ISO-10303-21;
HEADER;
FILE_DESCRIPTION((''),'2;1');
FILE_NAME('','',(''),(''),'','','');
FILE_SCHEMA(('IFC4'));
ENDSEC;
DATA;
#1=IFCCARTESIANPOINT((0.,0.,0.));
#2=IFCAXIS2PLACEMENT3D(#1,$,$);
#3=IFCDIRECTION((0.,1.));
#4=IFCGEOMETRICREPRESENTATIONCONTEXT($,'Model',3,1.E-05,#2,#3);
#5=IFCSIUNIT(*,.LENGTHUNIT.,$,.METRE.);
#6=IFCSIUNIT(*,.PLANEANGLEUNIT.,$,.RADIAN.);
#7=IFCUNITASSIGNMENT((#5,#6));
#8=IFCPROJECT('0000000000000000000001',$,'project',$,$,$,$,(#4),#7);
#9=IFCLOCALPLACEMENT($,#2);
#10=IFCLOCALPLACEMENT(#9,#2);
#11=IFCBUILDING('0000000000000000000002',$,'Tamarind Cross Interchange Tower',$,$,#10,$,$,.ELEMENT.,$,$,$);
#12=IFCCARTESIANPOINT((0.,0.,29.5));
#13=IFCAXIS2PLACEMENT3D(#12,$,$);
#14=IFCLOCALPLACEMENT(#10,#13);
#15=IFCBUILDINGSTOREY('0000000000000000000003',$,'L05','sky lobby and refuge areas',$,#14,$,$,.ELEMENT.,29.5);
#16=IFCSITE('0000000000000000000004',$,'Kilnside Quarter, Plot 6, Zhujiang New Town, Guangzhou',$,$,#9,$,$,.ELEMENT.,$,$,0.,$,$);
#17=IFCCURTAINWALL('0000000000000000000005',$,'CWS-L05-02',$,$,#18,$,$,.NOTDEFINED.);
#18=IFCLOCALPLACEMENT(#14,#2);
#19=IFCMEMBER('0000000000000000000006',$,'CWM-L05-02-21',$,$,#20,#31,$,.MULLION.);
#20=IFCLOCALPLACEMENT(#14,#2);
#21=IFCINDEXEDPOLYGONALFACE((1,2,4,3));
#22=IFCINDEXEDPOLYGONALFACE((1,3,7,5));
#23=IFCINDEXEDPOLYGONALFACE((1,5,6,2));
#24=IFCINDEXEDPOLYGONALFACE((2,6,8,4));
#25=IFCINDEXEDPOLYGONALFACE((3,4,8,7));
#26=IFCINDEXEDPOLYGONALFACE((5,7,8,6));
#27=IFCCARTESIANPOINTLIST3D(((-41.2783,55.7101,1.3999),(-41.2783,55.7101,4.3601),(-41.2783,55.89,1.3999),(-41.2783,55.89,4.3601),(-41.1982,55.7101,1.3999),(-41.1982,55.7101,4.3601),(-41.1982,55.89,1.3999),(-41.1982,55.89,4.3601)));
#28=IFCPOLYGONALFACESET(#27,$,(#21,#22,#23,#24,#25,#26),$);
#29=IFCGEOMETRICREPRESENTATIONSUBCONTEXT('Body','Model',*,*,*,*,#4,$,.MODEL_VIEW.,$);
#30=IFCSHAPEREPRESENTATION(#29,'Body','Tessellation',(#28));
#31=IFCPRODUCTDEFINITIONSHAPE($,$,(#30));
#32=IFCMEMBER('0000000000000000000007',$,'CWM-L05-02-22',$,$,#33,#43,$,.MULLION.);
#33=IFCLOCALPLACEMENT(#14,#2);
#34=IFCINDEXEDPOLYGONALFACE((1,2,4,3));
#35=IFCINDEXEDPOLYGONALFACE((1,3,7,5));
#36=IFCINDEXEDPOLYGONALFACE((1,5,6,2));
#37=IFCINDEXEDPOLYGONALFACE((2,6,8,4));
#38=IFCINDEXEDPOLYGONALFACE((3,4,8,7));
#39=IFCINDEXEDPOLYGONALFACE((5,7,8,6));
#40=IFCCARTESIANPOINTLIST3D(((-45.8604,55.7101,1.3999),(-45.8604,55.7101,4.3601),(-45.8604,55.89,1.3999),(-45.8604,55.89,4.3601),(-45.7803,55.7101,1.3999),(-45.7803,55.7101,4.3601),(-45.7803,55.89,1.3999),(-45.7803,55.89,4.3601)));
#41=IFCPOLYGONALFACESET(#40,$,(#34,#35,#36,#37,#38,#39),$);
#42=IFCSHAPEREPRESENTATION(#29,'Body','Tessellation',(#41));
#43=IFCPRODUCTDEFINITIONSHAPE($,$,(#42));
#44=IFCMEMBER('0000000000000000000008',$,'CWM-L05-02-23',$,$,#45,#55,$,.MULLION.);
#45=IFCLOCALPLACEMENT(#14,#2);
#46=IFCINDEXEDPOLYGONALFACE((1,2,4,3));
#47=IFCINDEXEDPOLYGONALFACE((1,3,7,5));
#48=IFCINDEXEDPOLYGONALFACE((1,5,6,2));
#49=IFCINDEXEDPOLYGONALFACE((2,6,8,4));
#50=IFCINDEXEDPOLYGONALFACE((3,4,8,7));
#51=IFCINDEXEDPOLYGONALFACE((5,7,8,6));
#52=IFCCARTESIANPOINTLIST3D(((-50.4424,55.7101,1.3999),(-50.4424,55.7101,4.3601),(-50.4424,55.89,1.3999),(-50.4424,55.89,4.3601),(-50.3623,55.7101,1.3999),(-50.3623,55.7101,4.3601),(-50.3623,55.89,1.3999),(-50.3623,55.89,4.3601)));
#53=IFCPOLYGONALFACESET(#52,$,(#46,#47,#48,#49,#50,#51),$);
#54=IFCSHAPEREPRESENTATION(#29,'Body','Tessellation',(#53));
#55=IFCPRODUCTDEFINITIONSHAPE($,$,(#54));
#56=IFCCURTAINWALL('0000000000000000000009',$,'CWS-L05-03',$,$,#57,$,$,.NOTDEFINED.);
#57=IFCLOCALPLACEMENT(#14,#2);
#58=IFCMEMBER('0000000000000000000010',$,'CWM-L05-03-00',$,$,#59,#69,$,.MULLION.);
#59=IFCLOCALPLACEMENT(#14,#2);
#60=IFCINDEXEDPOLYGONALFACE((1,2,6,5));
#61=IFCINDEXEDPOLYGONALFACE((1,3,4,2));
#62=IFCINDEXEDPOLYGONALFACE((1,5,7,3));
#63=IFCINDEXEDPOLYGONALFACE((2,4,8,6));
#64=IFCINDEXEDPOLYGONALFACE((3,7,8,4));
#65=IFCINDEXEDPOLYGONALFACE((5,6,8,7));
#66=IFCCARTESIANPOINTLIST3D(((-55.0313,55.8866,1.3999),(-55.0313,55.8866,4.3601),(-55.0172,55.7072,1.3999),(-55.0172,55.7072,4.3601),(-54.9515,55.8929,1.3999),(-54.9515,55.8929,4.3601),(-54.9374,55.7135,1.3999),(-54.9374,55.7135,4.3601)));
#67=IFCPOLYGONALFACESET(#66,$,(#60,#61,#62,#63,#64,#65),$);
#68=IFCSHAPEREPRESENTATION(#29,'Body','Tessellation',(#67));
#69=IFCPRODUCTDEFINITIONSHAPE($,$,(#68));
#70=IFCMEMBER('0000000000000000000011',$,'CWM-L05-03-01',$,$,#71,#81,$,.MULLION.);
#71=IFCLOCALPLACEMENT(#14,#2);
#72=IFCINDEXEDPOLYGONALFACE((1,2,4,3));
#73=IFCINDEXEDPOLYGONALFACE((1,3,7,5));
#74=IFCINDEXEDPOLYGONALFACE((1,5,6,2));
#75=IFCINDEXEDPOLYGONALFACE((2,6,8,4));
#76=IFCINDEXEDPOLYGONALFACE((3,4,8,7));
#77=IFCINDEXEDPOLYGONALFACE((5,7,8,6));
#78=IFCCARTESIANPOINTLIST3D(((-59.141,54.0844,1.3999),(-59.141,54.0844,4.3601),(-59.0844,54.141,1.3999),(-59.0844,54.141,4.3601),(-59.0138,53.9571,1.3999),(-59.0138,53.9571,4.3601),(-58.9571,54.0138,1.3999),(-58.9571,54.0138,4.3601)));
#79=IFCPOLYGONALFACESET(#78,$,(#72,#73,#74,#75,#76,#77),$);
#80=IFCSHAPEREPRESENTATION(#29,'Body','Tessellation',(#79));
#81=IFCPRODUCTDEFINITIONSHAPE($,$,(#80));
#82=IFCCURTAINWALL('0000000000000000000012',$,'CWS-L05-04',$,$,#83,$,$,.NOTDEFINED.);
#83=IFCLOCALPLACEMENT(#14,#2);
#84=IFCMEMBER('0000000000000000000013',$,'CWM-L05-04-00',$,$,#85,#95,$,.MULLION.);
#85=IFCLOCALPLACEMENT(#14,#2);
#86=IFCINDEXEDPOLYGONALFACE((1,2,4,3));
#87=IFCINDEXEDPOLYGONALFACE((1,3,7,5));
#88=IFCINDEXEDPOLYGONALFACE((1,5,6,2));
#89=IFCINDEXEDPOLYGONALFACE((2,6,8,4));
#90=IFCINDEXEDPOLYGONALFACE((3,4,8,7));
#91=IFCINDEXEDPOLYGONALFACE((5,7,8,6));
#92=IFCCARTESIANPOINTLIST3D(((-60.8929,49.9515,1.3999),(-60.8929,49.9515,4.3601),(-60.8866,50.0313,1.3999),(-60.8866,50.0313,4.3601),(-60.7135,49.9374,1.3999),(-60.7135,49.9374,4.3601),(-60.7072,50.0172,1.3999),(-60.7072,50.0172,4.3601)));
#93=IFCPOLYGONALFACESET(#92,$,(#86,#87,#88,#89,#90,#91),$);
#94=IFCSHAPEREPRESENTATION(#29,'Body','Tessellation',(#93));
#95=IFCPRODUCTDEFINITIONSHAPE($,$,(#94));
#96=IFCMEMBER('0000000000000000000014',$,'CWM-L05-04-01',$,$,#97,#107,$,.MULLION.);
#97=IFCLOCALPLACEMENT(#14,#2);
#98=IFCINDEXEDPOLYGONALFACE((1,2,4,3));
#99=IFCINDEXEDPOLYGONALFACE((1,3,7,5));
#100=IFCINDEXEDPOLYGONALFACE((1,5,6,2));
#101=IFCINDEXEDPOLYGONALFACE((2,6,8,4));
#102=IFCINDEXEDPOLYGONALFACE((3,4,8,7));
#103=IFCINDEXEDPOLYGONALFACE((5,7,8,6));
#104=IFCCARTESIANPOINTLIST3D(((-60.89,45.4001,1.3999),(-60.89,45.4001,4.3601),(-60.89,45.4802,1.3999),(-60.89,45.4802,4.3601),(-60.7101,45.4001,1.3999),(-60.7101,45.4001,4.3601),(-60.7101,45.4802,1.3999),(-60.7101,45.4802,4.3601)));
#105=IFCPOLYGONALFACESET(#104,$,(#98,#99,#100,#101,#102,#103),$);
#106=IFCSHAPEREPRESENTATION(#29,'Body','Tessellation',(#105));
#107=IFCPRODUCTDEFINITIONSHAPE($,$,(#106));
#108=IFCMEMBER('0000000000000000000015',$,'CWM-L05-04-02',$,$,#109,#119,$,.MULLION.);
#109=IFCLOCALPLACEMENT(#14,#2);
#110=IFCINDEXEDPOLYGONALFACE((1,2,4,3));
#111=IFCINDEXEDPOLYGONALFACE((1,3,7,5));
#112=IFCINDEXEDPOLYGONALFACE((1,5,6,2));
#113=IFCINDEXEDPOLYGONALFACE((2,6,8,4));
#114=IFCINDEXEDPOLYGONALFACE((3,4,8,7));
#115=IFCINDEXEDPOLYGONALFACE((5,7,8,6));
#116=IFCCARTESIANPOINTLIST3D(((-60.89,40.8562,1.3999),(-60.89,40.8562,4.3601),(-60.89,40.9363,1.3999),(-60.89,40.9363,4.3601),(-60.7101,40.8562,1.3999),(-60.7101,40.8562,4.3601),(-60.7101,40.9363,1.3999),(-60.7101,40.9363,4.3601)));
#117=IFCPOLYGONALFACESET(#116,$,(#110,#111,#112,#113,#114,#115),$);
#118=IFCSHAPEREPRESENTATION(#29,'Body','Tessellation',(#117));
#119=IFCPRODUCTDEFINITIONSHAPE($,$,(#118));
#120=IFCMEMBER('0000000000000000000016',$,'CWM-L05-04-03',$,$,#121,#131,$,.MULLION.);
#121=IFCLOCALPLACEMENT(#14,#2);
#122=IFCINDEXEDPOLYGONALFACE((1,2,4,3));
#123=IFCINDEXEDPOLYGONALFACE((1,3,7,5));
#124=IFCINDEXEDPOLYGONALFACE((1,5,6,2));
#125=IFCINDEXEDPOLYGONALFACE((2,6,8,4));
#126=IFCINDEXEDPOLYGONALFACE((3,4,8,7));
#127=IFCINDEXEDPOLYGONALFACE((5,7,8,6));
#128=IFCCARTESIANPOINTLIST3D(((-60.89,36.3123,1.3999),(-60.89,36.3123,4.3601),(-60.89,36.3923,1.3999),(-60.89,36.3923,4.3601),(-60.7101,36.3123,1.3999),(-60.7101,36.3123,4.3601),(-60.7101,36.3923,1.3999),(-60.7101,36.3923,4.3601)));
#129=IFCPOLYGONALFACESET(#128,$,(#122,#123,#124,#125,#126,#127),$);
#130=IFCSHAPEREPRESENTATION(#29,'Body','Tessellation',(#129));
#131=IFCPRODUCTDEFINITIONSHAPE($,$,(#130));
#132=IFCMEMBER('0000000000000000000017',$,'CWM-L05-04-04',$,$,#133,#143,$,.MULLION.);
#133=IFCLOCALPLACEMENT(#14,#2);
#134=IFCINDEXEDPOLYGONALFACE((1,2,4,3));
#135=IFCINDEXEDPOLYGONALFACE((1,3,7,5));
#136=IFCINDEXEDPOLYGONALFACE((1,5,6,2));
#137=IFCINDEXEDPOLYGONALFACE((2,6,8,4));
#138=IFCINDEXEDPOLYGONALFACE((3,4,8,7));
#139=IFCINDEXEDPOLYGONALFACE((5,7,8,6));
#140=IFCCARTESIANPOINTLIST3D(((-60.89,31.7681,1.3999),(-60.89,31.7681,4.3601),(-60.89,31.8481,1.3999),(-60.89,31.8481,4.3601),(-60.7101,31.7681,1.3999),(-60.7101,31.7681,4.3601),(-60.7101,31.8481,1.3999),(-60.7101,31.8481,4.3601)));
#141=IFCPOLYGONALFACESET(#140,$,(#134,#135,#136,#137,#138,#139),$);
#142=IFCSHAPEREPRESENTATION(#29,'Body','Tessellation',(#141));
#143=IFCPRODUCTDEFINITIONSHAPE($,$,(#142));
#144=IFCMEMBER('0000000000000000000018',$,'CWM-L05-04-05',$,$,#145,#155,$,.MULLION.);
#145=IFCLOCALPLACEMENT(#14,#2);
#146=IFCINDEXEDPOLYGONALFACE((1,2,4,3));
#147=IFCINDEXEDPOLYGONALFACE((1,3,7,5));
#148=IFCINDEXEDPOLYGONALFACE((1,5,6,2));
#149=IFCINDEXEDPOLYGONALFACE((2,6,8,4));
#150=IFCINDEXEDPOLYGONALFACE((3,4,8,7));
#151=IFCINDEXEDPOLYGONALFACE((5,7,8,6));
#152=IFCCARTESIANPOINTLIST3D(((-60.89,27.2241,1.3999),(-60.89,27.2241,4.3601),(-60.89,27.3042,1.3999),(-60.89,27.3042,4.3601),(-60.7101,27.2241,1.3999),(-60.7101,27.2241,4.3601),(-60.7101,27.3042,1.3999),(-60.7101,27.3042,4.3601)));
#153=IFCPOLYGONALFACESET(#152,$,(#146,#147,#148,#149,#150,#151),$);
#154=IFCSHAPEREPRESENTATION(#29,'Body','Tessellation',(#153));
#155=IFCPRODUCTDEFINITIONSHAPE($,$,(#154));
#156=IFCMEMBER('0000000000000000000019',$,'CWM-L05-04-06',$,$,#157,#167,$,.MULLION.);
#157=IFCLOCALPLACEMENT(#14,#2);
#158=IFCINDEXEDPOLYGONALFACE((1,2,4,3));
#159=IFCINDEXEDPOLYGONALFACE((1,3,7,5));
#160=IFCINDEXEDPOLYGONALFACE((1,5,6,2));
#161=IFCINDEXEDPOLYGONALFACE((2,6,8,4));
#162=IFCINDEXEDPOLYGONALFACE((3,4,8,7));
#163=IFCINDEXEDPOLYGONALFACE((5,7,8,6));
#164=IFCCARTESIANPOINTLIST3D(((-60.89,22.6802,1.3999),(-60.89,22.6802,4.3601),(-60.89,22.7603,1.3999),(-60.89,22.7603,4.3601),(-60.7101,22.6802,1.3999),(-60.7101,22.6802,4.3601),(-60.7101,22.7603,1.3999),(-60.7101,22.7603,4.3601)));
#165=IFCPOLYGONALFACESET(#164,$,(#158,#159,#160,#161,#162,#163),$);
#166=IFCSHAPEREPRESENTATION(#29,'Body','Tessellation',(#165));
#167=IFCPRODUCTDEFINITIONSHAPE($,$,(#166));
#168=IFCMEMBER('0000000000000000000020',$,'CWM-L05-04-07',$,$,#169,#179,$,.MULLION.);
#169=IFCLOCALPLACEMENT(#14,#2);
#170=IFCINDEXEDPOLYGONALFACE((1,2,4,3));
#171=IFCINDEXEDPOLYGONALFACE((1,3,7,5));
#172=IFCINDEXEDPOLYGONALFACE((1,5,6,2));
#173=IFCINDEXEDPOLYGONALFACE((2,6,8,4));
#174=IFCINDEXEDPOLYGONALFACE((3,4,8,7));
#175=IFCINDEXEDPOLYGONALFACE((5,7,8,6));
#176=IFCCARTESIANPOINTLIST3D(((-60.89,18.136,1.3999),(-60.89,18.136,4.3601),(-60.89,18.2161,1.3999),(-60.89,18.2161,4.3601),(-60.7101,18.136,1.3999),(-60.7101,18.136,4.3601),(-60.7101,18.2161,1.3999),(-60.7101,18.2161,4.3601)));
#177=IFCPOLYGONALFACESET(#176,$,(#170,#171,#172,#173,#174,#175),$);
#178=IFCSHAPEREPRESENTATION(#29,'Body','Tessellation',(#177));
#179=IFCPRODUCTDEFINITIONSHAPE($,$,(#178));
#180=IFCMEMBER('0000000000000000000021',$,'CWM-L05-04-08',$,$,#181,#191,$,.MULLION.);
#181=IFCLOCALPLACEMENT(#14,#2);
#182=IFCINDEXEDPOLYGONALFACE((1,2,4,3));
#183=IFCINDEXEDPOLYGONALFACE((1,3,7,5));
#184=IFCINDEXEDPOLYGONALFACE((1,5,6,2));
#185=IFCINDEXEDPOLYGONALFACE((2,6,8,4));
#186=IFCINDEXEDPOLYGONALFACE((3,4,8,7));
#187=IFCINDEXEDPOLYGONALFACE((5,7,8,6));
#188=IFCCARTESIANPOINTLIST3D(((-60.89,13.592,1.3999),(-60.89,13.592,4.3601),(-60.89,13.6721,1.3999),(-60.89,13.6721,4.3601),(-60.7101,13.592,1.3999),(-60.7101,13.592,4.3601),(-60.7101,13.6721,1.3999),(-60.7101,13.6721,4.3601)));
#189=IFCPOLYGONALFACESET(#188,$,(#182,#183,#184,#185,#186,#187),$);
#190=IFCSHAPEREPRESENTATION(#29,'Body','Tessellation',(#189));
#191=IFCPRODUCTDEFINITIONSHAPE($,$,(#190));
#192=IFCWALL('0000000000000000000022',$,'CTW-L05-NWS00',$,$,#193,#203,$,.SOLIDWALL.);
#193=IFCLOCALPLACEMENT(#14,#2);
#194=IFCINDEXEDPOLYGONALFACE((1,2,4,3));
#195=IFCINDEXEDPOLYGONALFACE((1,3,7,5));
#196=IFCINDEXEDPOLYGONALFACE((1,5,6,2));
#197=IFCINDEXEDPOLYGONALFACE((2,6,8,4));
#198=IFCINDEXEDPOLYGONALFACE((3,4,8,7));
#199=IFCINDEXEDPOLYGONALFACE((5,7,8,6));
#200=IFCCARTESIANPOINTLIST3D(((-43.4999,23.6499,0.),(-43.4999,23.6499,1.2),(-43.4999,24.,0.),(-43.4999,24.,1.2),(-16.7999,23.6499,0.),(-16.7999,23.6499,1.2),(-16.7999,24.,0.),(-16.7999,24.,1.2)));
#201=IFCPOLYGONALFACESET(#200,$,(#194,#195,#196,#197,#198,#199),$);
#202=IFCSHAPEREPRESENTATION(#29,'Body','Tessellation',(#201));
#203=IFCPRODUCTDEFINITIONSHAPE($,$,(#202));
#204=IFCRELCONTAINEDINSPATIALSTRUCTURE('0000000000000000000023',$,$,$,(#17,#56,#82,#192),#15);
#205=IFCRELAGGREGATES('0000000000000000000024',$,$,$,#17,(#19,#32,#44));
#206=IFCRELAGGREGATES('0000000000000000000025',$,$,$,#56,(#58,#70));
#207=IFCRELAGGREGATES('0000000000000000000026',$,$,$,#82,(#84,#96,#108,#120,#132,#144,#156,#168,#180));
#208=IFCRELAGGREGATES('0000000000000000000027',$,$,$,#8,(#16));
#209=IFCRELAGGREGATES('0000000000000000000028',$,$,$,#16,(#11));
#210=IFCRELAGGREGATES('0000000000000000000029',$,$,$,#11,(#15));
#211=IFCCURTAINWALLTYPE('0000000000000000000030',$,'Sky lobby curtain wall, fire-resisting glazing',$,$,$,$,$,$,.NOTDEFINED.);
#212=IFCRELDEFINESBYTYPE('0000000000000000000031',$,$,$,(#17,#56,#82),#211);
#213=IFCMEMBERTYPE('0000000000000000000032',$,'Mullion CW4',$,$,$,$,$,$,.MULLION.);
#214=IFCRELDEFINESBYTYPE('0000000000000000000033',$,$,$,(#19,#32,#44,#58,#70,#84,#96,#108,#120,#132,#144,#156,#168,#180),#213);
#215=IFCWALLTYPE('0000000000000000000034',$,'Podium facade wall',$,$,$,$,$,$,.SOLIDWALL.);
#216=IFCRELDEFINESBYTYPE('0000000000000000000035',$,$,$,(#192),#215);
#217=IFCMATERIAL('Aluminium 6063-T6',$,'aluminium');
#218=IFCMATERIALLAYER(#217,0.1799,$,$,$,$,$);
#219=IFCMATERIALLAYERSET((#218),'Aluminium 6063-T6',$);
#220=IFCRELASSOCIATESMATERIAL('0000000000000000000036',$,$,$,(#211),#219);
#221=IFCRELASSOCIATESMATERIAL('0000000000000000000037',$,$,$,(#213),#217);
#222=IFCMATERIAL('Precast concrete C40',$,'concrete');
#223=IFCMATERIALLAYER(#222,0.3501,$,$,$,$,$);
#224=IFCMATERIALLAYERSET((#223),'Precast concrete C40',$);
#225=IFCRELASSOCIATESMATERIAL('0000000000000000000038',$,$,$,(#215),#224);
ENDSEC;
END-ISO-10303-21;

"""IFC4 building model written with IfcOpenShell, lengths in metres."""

from ifc_helpers import new_model, si_unit, direction, frame, frame_2d, origin, origin_2d, place, context, subcontext, project, spatial, rectangle, extrude, material, layer, layer_set, material_profile, profile_set, type_object, element, aggregate, save


model = new_model("IFC4")

# Units and contexts
model_context = context("Model", 3, precision=1e-05, world=origin(), true_north=direction((0.0, 1.0)))
body_context = subcontext(model_context, "Body", "Model", "MODEL_VIEW")
ifc_project = project(units=[si_unit("LENGTHUNIT", "METRE"), si_unit("PLANEANGLEUNIT", "RADIAN")], contexts=[model_context])

# Site, building, storey
site_placement = place(None, origin())
site = spatial("IfcSite", under=ifc_project, at=site_placement, Name="Kilnside Quarter, Plot 6, Zhujiang New Town, Guangzhou", CompositionType="ELEMENT", RefElevation=0.0)
building_placement = place(site_placement, origin())
building = spatial("IfcBuilding", under=site, at=building_placement, Name="Tamarind Cross Interchange Tower", CompositionType="ELEMENT")
storey_placement = place(building_placement, frame((0.0, 0.0, 29.5)))
storey = spatial("IfcBuildingStorey", under=building, at=storey_placement, Name="L05", Description="sky lobby and refuge areas", CompositionType="ELEMENT", Elevation=29.5)

# Curtain walls, members
ifc_material_1 = material(Name="Aluminium 6063-T6", Category="aluminium")
ifc_layer_1 = layer(ifc_material_1, 0.1799)
ifc_layer_set_1 = layer_set([ifc_layer_1], Name="Aluminium 6063-T6")
curtain_wall_type = type_object("IfcCurtainWallType", Name="Sky lobby curtain wall, fire-resisting glazing", PredefinedType="NOTDEFINED", material=ifc_layer_set_1)
curtain_wall_1_placement = place(storey_placement, origin())
curtain_wall_1 = element("IfcCurtainWall", 1, at=curtain_wall_1_placement, inside=storey, type_object=curtain_wall_type, Name="CWS-L05-02", PredefinedType="NOTDEFINED")
ifc_material_profile = material_profile(ifc_material_1, rectangle(XDim=0.0801, YDim=0.1799, at=origin_2d()), Name="Mullion CW4")
ifc_profile_set = profile_set([ifc_material_profile], Name="Aluminium 6063-T6")
member_type = type_object("IfcMemberType", Name="Mullion CW4", PredefinedType="MULLION", material=ifc_profile_set)
member_1_placement = place(storey_placement, frame((-41.2383, 55.8, 1.3999), z_axis=(0.0, 0.0, 1.0), x_axis=(-1.0, 0.0, 0.0)))
member_1 = element("IfcMember", 2, at=member_1_placement, type_object=member_type, Name="CWM-L05-02-21", PredefinedType="MULLION", context=body_context, shape_type="SweptSolid", body=[
    extrude(rectangle(XDim=0.0801, YDim=0.1799, at=origin_2d()), origin(), (0.0, 0.0, 1.0), 2.9602),
])
member_2_placement = place(storey_placement, frame((-45.8203, 55.8, 1.3999), z_axis=(0.0, 0.0, 1.0), x_axis=(-1.0, 0.0, 0.0)))
member_2 = element("IfcMember", 3, at=member_2_placement, type_object=member_type, Name="CWM-L05-02-22", PredefinedType="MULLION", context=body_context, shape_type="SweptSolid", body=[
    extrude(rectangle(XDim=0.0801, YDim=0.1799, at=origin_2d()), origin(), (0.0, 0.0, 1.0), 2.9602),
])
member_3_placement = place(storey_placement, frame((-50.4023, 55.8, 1.3999), z_axis=(0.0, 0.0, 1.0), x_axis=(-1.0, 0.0, 0.0)))
member_3 = element("IfcMember", 4, at=member_3_placement, type_object=member_type, Name="CWM-L05-02-23", PredefinedType="MULLION", context=body_context, shape_type="SweptSolid", body=[
    extrude(rectangle(XDim=0.0801, YDim=0.1799, at=origin_2d()), origin(), (0.0, 0.0, 1.0), 2.9602),
])
aggregate(curtain_wall_1, [member_1, member_2, member_3])
curtain_wall_2_placement = place(storey_placement, origin())
curtain_wall_2 = element("IfcCurtainWall", 5, at=curtain_wall_2_placement, inside=storey, type_object=curtain_wall_type, Name="CWS-L05-03", PredefinedType="NOTDEFINED")
member_4_placement = place(storey_placement, frame((-54.9844, 55.8, 1.3999), z_axis=(0.0, 0.0, 1.0), x_axis=(-0.996917, -0.078459, 0.0)))
member_4 = element("IfcMember", 6, at=member_4_placement, type_object=member_type, Name="CWM-L05-03-00", PredefinedType="MULLION", context=body_context, shape_type="SweptSolid", body=[
    extrude(rectangle(XDim=0.0801, YDim=0.1799, at=origin_2d()), origin(), (0.0, 0.0, 1.0), 2.9602),
])
member_5_placement = place(storey_placement, frame((-59.0491, 54.0491, 1.3999), z_axis=(0.0, 0.0, 1.0), x_axis=(-0.707107, -0.707107, 0.0)))
member_5 = element("IfcMember", 7, at=member_5_placement, type_object=member_type, Name="CWM-L05-03-01", PredefinedType="MULLION", context=body_context, shape_type="SweptSolid", body=[
    extrude(rectangle(XDim=0.0801, YDim=0.1799, at=origin_2d()), origin(), (0.0, 0.0, 1.0), 2.9602),
])
aggregate(curtain_wall_2, [member_4, member_5])
curtain_wall_3_placement = place(storey_placement, origin())
curtain_wall_3 = element("IfcCurtainWall", 8, at=curtain_wall_3_placement, inside=storey, type_object=curtain_wall_type, Name="CWS-L05-04", PredefinedType="NOTDEFINED")
member_6_placement = place(storey_placement, frame((-60.8, 49.9844, 1.3999), z_axis=(0.0, 0.0, 1.0), x_axis=(-0.078459, -0.996917, 0.0)))
member_6 = element("IfcMember", 9, at=member_6_placement, type_object=member_type, Name="CWM-L05-04-00", PredefinedType="MULLION", context=body_context, shape_type="SweptSolid", body=[
    extrude(rectangle(XDim=0.0801, YDim=0.1799, at=origin_2d()), origin(), (0.0, 0.0, 1.0), 2.9602),
])
member_7_placement = place(storey_placement, frame((-60.8, 45.4402, 1.3999), z_axis=(0.0, 0.0, 1.0), x_axis=(0.0, -1.0, 0.0)))
member_7 = element("IfcMember", 10, at=member_7_placement, type_object=member_type, Name="CWM-L05-04-01", PredefinedType="MULLION", context=body_context, shape_type="SweptSolid", body=[
    extrude(rectangle(XDim=0.0801, YDim=0.1799, at=origin_2d()), origin(), (0.0, 0.0, 1.0), 2.9602),
])
member_8_placement = place(storey_placement, frame((-60.8, 40.8962, 1.3999), z_axis=(0.0, 0.0, 1.0), x_axis=(0.0, -1.0, 0.0)))
member_8 = element("IfcMember", 11, at=member_8_placement, type_object=member_type, Name="CWM-L05-04-02", PredefinedType="MULLION", context=body_context, shape_type="SweptSolid", body=[
    extrude(rectangle(XDim=0.0801, YDim=0.1799, at=origin_2d()), origin(), (0.0, 0.0, 1.0), 2.9602),
])
member_9_placement = place(storey_placement, frame((-60.8, 36.3523, 1.3999), z_axis=(0.0, 0.0, 1.0), x_axis=(0.0, -1.0, 0.0)))
member_9 = element("IfcMember", 12, at=member_9_placement, type_object=member_type, Name="CWM-L05-04-03", PredefinedType="MULLION", context=body_context, shape_type="SweptSolid", body=[
    extrude(rectangle(XDim=0.0801, YDim=0.1799, at=origin_2d()), origin(), (0.0, 0.0, 1.0), 2.9602),
])
member_10_placement = place(storey_placement, frame((-60.8, 31.8081, 1.3999), z_axis=(0.0, 0.0, 1.0), x_axis=(0.0, -1.0, 0.0)))
member_10 = element("IfcMember", 13, at=member_10_placement, type_object=member_type, Name="CWM-L05-04-04", PredefinedType="MULLION", context=body_context, shape_type="SweptSolid", body=[
    extrude(rectangle(XDim=0.0801, YDim=0.1799, at=origin_2d()), origin(), (0.0, 0.0, 1.0), 2.9602),
])
member_11_placement = place(storey_placement, frame((-60.8, 27.2642, 1.3999), z_axis=(0.0, 0.0, 1.0), x_axis=(0.0, -1.0, 0.0)))
member_11 = element("IfcMember", 14, at=member_11_placement, type_object=member_type, Name="CWM-L05-04-05", PredefinedType="MULLION", context=body_context, shape_type="SweptSolid", body=[
    extrude(rectangle(XDim=0.0801, YDim=0.1799, at=origin_2d()), origin(), (0.0, 0.0, 1.0), 2.9602),
])
member_12_placement = place(storey_placement, frame((-60.8, 22.7202, 1.3999), z_axis=(0.0, 0.0, 1.0), x_axis=(0.0, -1.0, 0.0)))
member_12 = element("IfcMember", 15, at=member_12_placement, type_object=member_type, Name="CWM-L05-04-06", PredefinedType="MULLION", context=body_context, shape_type="SweptSolid", body=[
    extrude(rectangle(XDim=0.0801, YDim=0.1799, at=origin_2d()), origin(), (0.0, 0.0, 1.0), 2.9602),
])
member_13_placement = place(storey_placement, frame((-60.8, 18.176, 1.3999), z_axis=(0.0, 0.0, 1.0), x_axis=(0.0, -1.0, 0.0)))
member_13 = element("IfcMember", 16, at=member_13_placement, type_object=member_type, Name="CWM-L05-04-07", PredefinedType="MULLION", context=body_context, shape_type="SweptSolid", body=[
    extrude(rectangle(XDim=0.0801, YDim=0.1799, at=origin_2d()), origin(), (0.0, 0.0, 1.0), 2.9602),
])
member_14_placement = place(storey_placement, frame((-60.8, 13.6321, 1.3999), z_axis=(0.0, 0.0, 1.0), x_axis=(0.0, -1.0, 0.0)))
member_14 = element("IfcMember", 17, at=member_14_placement, type_object=member_type, Name="CWM-L05-04-08", PredefinedType="MULLION", context=body_context, shape_type="SweptSolid", body=[
    extrude(rectangle(XDim=0.0801, YDim=0.1799, at=origin_2d()), origin(), (0.0, 0.0, 1.0), 2.9602),
])
aggregate(curtain_wall_3, [member_6, member_7, member_8, member_9, member_10, member_11, member_12, member_13, member_14])

# Wall
ifc_material_2 = material(Name="Precast concrete C40", Category="concrete")
ifc_layer_2 = layer(ifc_material_2, 0.3501)
ifc_layer_set_2 = layer_set([ifc_layer_2], Name="Precast concrete C40")
wall_type = type_object("IfcWallType", Name="Podium facade wall", PredefinedType="SOLIDWALL", material=ifc_layer_set_2)
for number, where, z_axis, x_axis, name in (
    (18, (-43.5, 23.825, 0.0), (0.0, 0.0, 1.0), (1.0, 0.0, 0.0), "CTW-L05-NWS00"),
):
    element("IfcWall", number, at=place(storey_placement, frame(where, z_axis=z_axis, x_axis=x_axis)), inside=storey, type_object=wall_type, Name=name, PredefinedType="SOLIDWALL", context=body_context, shape_type="SweptSolid", body=[
        extrude(rectangle(XDim=26.7, YDim=0.3501, at=frame_2d((13.3501, 0.0))), origin(), (0.0, 0.0, 1.0), 1.2),
    ])

save(model, "model.ifc")
